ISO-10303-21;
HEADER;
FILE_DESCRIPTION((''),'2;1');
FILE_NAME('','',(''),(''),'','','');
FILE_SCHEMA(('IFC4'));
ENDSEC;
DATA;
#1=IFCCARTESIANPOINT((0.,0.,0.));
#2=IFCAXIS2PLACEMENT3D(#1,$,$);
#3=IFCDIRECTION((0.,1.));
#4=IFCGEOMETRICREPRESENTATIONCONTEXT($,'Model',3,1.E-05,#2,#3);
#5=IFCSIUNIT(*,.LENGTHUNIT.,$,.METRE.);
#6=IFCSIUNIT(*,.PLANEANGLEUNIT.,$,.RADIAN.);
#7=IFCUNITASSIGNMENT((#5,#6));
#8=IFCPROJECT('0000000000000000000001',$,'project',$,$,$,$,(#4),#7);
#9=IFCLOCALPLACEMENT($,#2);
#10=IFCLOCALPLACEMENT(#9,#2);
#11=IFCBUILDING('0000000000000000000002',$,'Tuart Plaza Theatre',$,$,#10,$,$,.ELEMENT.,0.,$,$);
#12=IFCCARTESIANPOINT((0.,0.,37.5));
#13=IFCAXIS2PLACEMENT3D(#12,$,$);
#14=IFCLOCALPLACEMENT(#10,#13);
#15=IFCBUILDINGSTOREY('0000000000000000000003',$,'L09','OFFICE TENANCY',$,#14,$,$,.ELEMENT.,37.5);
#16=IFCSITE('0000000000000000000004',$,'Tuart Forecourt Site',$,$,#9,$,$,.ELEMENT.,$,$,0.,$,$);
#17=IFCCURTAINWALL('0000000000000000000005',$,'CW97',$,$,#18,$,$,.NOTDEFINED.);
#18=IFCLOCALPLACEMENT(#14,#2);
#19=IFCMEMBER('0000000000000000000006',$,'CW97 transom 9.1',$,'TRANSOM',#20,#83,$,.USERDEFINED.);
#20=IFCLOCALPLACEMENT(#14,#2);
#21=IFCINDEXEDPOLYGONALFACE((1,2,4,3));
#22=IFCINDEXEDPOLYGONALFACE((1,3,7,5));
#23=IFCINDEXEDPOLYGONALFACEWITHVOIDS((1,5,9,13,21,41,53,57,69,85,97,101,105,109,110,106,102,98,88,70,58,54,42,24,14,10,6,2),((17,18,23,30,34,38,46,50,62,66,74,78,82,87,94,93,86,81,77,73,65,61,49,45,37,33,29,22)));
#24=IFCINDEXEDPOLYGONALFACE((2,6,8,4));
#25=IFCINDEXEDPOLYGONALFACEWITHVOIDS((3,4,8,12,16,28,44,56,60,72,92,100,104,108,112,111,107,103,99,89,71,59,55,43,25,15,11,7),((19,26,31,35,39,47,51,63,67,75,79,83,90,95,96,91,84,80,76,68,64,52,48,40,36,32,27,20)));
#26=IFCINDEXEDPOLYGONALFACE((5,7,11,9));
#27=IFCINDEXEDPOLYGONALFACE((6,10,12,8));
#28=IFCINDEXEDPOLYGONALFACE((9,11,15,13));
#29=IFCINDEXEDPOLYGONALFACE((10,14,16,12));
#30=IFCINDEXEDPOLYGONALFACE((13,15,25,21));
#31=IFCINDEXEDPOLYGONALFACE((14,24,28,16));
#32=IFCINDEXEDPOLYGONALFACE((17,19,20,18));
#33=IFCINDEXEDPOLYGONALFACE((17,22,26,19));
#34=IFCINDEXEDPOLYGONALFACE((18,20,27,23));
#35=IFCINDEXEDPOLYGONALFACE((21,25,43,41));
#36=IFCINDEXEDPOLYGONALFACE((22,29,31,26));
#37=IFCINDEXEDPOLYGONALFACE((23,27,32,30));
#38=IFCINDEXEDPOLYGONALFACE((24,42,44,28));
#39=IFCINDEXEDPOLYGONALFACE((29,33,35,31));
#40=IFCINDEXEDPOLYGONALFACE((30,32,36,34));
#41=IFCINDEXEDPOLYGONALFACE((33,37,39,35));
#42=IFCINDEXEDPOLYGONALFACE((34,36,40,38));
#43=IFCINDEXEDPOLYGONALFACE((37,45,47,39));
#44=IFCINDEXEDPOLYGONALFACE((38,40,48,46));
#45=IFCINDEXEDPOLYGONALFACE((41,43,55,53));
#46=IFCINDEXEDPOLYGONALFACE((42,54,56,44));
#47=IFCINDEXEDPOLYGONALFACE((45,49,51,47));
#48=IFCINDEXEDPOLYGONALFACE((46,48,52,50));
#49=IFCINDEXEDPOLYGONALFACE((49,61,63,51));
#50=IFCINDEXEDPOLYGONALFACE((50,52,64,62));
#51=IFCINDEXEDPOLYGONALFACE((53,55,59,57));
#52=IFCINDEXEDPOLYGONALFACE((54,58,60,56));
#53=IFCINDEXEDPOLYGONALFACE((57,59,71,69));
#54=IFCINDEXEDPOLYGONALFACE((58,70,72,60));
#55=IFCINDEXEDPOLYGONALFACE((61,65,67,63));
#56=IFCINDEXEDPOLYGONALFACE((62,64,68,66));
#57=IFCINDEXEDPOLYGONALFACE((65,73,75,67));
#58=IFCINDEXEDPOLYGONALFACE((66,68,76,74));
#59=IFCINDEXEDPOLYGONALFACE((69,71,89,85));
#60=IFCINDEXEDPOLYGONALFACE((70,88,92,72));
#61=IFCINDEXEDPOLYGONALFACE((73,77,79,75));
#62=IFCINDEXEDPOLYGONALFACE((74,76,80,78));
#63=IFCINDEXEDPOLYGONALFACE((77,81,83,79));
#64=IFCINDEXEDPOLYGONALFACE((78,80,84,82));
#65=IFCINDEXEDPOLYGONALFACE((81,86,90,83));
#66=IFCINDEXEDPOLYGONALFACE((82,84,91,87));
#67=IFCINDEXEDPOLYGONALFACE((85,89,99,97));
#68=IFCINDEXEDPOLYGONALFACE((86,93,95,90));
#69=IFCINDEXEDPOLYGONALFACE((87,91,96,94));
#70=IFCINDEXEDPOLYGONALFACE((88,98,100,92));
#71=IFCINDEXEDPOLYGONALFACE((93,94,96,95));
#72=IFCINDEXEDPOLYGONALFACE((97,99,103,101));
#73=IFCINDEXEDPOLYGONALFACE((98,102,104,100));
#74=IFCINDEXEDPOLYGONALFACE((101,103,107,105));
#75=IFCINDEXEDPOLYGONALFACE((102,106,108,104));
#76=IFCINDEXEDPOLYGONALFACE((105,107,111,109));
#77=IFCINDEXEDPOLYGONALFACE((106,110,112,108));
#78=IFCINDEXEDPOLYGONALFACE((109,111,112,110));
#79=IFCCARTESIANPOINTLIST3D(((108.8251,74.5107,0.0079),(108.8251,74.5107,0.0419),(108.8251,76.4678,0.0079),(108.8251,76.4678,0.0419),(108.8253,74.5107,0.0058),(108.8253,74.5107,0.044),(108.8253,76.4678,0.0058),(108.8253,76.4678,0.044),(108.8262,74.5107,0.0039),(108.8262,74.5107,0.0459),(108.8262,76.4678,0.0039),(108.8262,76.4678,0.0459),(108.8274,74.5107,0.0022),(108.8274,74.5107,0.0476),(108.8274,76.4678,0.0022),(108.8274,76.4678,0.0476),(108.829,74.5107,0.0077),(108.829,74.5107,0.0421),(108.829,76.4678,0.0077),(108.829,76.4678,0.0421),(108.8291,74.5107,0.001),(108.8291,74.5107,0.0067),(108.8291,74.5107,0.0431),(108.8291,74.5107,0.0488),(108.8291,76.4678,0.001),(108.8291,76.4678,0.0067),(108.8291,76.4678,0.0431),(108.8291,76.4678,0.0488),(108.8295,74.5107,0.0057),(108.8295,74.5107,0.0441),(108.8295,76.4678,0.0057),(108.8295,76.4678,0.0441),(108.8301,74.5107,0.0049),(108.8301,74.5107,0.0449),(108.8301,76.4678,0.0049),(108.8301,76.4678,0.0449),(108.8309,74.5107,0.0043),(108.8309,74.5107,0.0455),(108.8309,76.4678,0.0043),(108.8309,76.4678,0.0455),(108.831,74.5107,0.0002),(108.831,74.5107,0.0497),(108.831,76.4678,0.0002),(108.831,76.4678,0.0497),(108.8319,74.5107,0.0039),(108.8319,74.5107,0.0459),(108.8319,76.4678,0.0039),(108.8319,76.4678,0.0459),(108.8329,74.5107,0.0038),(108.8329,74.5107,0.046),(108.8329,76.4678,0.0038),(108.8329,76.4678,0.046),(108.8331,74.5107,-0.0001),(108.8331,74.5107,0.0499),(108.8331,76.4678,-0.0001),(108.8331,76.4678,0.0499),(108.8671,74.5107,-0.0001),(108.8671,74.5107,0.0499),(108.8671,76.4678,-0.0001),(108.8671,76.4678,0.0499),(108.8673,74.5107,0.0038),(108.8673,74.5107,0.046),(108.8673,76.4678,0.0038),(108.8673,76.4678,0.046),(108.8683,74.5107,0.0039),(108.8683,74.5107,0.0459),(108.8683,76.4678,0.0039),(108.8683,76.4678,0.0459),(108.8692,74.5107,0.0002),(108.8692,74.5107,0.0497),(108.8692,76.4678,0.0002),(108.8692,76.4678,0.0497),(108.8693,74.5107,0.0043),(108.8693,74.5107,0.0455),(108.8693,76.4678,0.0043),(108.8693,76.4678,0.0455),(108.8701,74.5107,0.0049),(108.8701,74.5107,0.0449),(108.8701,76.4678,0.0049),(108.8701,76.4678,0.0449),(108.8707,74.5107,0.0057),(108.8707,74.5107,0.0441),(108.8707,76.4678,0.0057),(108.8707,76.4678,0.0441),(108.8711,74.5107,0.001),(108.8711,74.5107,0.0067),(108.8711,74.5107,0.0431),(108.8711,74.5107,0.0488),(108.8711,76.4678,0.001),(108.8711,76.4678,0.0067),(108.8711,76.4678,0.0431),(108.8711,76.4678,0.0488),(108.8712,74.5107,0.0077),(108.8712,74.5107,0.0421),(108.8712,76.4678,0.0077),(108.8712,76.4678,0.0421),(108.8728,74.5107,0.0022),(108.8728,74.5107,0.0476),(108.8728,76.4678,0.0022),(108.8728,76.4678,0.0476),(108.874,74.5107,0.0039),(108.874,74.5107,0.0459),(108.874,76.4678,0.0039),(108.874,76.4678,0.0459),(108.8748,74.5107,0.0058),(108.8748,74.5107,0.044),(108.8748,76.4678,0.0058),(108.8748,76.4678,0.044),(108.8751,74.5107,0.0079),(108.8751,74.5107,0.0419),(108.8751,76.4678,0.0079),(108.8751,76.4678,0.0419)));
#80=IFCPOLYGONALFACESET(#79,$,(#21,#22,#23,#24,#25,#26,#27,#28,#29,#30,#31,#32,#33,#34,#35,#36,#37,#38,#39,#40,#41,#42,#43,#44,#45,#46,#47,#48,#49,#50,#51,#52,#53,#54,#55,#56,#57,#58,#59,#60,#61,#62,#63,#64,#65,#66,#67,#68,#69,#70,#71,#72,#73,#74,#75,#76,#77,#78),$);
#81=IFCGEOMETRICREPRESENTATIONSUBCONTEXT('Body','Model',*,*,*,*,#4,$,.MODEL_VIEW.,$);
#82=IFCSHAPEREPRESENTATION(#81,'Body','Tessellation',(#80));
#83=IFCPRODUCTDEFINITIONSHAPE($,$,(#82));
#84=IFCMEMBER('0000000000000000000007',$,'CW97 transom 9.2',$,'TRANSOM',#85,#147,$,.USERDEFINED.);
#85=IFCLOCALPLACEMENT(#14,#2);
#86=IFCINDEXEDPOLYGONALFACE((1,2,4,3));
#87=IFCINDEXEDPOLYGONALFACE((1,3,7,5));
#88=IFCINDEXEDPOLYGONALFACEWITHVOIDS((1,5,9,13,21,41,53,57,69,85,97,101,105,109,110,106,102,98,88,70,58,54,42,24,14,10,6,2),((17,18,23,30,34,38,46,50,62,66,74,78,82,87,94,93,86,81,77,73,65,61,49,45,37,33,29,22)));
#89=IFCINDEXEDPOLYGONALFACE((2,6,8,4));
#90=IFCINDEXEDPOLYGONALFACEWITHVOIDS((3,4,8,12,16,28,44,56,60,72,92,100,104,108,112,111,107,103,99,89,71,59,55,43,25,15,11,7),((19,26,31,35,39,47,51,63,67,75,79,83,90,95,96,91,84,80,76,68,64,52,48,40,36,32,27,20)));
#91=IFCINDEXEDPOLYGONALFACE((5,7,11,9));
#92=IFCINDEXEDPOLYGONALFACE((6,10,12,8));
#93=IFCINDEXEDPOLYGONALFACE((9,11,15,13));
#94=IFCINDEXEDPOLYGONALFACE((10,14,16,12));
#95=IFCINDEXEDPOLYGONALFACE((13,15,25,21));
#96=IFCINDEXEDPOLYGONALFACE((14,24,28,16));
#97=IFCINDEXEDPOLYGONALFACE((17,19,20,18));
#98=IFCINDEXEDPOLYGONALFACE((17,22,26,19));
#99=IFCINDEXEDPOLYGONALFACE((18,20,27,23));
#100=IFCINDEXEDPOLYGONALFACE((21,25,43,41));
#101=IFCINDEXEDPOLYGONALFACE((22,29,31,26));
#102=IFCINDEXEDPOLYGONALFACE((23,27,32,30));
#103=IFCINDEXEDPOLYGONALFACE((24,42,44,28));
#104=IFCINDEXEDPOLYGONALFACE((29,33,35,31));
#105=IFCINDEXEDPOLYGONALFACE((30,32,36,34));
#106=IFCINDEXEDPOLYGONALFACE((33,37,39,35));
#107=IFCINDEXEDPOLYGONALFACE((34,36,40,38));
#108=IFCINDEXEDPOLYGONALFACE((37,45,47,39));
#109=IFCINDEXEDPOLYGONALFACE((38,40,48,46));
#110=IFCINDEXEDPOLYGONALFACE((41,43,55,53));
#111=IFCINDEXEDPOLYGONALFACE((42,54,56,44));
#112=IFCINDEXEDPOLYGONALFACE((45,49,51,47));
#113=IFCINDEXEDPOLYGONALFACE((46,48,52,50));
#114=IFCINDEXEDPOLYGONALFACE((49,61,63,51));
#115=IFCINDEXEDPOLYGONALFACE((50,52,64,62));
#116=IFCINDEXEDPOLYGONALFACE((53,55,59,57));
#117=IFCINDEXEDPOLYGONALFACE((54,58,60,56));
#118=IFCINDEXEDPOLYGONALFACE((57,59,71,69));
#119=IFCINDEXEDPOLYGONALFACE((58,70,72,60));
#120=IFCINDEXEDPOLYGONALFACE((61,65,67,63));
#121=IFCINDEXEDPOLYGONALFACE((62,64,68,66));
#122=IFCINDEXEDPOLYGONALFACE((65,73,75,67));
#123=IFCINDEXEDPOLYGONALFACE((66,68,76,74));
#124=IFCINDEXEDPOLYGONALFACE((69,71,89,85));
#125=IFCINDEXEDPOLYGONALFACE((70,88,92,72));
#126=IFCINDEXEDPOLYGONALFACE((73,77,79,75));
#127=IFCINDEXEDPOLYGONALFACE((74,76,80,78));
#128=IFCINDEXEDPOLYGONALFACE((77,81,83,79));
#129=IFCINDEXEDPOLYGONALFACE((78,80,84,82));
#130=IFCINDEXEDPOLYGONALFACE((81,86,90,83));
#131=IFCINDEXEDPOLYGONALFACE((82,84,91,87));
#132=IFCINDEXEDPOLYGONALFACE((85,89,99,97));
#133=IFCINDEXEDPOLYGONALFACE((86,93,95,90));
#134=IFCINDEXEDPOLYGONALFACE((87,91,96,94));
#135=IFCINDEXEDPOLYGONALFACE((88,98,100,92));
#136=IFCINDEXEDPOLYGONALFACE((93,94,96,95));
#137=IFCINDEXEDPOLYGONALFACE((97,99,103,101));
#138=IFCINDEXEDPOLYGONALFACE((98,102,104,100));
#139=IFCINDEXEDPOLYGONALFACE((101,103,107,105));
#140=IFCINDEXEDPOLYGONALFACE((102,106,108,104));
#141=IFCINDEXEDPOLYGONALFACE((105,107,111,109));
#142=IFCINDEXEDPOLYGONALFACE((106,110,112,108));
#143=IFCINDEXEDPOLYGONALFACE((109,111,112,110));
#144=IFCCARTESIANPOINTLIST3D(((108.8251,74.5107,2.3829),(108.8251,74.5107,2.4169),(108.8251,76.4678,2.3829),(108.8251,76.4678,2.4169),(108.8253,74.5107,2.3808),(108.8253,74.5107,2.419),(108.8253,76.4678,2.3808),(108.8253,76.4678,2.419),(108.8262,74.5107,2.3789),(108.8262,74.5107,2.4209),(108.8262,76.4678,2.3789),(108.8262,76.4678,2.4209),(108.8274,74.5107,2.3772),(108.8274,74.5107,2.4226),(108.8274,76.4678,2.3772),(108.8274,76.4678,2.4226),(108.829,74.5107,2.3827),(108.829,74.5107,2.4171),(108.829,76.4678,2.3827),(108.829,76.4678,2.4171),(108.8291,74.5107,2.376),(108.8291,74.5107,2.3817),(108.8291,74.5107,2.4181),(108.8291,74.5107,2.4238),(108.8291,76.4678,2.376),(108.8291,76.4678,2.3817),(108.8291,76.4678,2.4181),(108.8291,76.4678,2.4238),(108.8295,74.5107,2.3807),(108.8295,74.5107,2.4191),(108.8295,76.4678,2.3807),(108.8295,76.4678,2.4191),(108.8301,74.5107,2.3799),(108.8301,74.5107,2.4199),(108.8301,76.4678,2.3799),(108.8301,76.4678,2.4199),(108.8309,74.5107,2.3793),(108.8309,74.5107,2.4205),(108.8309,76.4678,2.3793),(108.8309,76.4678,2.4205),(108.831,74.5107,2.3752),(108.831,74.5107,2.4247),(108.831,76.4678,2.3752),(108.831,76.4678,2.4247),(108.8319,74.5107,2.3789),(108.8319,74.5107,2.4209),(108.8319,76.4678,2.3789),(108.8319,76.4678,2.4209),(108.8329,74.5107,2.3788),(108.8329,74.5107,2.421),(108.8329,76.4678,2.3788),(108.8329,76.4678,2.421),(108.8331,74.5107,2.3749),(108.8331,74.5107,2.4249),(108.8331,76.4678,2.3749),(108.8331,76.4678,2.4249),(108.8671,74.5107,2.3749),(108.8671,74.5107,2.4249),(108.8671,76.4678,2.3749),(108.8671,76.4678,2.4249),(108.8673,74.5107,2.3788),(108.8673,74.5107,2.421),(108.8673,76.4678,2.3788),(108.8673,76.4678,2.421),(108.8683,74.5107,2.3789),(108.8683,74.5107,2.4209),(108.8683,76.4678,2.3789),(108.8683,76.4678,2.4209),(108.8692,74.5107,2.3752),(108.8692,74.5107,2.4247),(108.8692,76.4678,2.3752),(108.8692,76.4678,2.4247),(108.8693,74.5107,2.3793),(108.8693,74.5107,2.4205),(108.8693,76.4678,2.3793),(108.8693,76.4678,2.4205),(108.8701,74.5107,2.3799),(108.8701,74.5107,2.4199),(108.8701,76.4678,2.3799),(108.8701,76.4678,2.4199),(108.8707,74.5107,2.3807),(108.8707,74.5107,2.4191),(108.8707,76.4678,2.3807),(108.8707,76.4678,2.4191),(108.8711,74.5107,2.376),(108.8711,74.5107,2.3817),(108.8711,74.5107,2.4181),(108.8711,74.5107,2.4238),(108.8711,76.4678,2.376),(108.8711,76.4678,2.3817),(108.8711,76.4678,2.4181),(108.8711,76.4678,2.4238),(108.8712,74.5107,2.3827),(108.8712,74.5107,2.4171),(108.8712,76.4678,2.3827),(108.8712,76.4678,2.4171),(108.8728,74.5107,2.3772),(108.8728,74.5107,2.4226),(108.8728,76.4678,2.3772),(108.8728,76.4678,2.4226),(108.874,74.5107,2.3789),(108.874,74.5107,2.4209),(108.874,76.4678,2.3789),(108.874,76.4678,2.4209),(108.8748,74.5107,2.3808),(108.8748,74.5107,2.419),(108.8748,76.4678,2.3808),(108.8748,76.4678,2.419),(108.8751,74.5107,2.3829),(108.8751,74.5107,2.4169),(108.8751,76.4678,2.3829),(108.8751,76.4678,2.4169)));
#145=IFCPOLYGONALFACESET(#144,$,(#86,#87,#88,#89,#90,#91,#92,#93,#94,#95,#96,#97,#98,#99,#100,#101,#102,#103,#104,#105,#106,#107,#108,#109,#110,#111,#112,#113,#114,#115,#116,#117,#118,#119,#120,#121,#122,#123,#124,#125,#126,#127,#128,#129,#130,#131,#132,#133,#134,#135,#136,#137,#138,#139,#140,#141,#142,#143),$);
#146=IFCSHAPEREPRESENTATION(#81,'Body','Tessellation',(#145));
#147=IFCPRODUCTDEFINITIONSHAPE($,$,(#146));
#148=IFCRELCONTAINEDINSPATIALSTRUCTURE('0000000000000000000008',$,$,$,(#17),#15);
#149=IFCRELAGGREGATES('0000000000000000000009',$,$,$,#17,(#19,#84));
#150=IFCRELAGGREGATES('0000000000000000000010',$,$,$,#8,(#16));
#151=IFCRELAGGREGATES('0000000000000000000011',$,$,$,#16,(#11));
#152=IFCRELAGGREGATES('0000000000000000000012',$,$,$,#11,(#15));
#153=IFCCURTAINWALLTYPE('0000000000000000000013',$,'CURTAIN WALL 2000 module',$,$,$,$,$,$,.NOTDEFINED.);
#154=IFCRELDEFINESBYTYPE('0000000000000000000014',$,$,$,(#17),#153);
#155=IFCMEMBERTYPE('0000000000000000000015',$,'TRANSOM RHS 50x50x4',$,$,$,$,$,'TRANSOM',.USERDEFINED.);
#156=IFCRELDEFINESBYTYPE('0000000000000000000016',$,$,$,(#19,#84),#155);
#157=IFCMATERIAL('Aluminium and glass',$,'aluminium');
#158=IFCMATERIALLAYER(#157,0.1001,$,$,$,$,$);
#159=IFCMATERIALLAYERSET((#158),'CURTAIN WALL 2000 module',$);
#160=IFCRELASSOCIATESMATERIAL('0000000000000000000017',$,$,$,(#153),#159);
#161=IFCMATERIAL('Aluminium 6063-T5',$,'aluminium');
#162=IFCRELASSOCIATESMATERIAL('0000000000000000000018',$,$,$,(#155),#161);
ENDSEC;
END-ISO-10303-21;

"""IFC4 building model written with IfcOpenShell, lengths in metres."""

from ifc_helpers import new_model, si_unit, direction, frame, origin, origin_2d, place, context, subcontext, project, spatial, hollow_rectangle, extrude, material, layer, layer_set, material_profile, profile_set, type_object, element, aggregate, save


model = new_model("IFC4")

# Units and contexts
model_context = context("Model", 3, precision=1e-05, world=origin(), true_north=direction((0.0, 1.0)))
body_context = subcontext(model_context, "Body", "Model", "MODEL_VIEW")
ifc_project = project(units=[si_unit("LENGTHUNIT", "METRE"), si_unit("PLANEANGLEUNIT", "RADIAN")], contexts=[model_context])

# Site, building, storey
site_placement = place(None, origin())
site = spatial("IfcSite", under=ifc_project, at=site_placement, Name="Tuart Forecourt Site", CompositionType="ELEMENT", RefElevation=0.0)
building_placement = place(site_placement, origin())
building = spatial("IfcBuilding", under=site, at=building_placement, Name="Tuart Plaza Theatre", CompositionType="ELEMENT", ElevationOfRefHeight=0.0)
storey_placement = place(building_placement, frame((0.0, 0.0, 37.5)))
storey = spatial("IfcBuildingStorey", under=building, at=storey_placement, Name="L09", Description="OFFICE TENANCY", CompositionType="ELEMENT", Elevation=37.5)

# Curtain wall, members
ifc_material_1 = material(Name="Aluminium and glass", Category="aluminium")
ifc_layer_1 = layer(ifc_material_1, 0.1001)
ifc_layer_set_1 = layer_set([ifc_layer_1], Name="CURTAIN WALL 2000 module")
curtain_wall_type = type_object("IfcCurtainWallType", Name="CURTAIN WALL 2000 module", PredefinedType="NOTDEFINED", material=ifc_layer_set_1)
curtain_wall_placement = place(storey_placement, origin())
curtain_wall = element("IfcCurtainWall", 1, at=curtain_wall_placement, inside=storey, type_object=curtain_wall_type, Name="CW97", PredefinedType="NOTDEFINED")
ifc_material_2 = material(Name="Aluminium 6063-T5", Category="aluminium")
ifc_material_profile_1 = material_profile(ifc_material_2, hollow_rectangle(XDim=0.05, YDim=0.05, WallThickness=0.0039, InnerFilletRadius=0.0039, OuterFilletRadius=0.0081, at=origin_2d()), Name="RHS 50x50x4")
ifc_profile_set_1 = profile_set([ifc_material_profile_1], Name="Aluminium 6063-T5")
member_type = type_object("IfcMemberType", Name="TRANSOM RHS 50x50x4", ElementType="TRANSOM", PredefinedType="USERDEFINED", material=ifc_profile_set_1)
member_1_placement = place(storey_placement, frame((108.8501, 76.4678, 0.0249), z_axis=(0.0, -1.0, 0.0), x_axis=(1.0, 0.0, 0.0)))
member_1 = element("IfcMember", 2, at=member_1_placement, type_object=member_type, Name="CW97 transom 9.1", ObjectType="TRANSOM", PredefinedType="USERDEFINED", context=body_context, shape_type="SweptSolid", body=[
    extrude(hollow_rectangle(XDim=0.05, YDim=0.05, WallThickness=0.0039, InnerFilletRadius=0.0039, OuterFilletRadius=0.0081, at=origin_2d()), origin(), (0.0, 0.0, 1.0), 1.957),
])
member_2_placement = place(storey_placement, frame((108.8501, 76.4678, 2.3999), z_axis=(0.0, -1.0, 0.0), x_axis=(1.0, 0.0, 0.0)))
member_2 = element("IfcMember", 3, at=member_2_placement, type_object=member_type, Name="CW97 transom 9.2", ObjectType="TRANSOM", PredefinedType="USERDEFINED", context=body_context, shape_type="SweptSolid", body=[
    extrude(hollow_rectangle(XDim=0.05, YDim=0.05, WallThickness=0.0039, InnerFilletRadius=0.0039, OuterFilletRadius=0.0081, at=origin_2d()), origin(), (0.0, 0.0, 1.0), 1.957),
])
aggregate(curtain_wall, [member_1, member_2])

save(model, "model.ifc")
